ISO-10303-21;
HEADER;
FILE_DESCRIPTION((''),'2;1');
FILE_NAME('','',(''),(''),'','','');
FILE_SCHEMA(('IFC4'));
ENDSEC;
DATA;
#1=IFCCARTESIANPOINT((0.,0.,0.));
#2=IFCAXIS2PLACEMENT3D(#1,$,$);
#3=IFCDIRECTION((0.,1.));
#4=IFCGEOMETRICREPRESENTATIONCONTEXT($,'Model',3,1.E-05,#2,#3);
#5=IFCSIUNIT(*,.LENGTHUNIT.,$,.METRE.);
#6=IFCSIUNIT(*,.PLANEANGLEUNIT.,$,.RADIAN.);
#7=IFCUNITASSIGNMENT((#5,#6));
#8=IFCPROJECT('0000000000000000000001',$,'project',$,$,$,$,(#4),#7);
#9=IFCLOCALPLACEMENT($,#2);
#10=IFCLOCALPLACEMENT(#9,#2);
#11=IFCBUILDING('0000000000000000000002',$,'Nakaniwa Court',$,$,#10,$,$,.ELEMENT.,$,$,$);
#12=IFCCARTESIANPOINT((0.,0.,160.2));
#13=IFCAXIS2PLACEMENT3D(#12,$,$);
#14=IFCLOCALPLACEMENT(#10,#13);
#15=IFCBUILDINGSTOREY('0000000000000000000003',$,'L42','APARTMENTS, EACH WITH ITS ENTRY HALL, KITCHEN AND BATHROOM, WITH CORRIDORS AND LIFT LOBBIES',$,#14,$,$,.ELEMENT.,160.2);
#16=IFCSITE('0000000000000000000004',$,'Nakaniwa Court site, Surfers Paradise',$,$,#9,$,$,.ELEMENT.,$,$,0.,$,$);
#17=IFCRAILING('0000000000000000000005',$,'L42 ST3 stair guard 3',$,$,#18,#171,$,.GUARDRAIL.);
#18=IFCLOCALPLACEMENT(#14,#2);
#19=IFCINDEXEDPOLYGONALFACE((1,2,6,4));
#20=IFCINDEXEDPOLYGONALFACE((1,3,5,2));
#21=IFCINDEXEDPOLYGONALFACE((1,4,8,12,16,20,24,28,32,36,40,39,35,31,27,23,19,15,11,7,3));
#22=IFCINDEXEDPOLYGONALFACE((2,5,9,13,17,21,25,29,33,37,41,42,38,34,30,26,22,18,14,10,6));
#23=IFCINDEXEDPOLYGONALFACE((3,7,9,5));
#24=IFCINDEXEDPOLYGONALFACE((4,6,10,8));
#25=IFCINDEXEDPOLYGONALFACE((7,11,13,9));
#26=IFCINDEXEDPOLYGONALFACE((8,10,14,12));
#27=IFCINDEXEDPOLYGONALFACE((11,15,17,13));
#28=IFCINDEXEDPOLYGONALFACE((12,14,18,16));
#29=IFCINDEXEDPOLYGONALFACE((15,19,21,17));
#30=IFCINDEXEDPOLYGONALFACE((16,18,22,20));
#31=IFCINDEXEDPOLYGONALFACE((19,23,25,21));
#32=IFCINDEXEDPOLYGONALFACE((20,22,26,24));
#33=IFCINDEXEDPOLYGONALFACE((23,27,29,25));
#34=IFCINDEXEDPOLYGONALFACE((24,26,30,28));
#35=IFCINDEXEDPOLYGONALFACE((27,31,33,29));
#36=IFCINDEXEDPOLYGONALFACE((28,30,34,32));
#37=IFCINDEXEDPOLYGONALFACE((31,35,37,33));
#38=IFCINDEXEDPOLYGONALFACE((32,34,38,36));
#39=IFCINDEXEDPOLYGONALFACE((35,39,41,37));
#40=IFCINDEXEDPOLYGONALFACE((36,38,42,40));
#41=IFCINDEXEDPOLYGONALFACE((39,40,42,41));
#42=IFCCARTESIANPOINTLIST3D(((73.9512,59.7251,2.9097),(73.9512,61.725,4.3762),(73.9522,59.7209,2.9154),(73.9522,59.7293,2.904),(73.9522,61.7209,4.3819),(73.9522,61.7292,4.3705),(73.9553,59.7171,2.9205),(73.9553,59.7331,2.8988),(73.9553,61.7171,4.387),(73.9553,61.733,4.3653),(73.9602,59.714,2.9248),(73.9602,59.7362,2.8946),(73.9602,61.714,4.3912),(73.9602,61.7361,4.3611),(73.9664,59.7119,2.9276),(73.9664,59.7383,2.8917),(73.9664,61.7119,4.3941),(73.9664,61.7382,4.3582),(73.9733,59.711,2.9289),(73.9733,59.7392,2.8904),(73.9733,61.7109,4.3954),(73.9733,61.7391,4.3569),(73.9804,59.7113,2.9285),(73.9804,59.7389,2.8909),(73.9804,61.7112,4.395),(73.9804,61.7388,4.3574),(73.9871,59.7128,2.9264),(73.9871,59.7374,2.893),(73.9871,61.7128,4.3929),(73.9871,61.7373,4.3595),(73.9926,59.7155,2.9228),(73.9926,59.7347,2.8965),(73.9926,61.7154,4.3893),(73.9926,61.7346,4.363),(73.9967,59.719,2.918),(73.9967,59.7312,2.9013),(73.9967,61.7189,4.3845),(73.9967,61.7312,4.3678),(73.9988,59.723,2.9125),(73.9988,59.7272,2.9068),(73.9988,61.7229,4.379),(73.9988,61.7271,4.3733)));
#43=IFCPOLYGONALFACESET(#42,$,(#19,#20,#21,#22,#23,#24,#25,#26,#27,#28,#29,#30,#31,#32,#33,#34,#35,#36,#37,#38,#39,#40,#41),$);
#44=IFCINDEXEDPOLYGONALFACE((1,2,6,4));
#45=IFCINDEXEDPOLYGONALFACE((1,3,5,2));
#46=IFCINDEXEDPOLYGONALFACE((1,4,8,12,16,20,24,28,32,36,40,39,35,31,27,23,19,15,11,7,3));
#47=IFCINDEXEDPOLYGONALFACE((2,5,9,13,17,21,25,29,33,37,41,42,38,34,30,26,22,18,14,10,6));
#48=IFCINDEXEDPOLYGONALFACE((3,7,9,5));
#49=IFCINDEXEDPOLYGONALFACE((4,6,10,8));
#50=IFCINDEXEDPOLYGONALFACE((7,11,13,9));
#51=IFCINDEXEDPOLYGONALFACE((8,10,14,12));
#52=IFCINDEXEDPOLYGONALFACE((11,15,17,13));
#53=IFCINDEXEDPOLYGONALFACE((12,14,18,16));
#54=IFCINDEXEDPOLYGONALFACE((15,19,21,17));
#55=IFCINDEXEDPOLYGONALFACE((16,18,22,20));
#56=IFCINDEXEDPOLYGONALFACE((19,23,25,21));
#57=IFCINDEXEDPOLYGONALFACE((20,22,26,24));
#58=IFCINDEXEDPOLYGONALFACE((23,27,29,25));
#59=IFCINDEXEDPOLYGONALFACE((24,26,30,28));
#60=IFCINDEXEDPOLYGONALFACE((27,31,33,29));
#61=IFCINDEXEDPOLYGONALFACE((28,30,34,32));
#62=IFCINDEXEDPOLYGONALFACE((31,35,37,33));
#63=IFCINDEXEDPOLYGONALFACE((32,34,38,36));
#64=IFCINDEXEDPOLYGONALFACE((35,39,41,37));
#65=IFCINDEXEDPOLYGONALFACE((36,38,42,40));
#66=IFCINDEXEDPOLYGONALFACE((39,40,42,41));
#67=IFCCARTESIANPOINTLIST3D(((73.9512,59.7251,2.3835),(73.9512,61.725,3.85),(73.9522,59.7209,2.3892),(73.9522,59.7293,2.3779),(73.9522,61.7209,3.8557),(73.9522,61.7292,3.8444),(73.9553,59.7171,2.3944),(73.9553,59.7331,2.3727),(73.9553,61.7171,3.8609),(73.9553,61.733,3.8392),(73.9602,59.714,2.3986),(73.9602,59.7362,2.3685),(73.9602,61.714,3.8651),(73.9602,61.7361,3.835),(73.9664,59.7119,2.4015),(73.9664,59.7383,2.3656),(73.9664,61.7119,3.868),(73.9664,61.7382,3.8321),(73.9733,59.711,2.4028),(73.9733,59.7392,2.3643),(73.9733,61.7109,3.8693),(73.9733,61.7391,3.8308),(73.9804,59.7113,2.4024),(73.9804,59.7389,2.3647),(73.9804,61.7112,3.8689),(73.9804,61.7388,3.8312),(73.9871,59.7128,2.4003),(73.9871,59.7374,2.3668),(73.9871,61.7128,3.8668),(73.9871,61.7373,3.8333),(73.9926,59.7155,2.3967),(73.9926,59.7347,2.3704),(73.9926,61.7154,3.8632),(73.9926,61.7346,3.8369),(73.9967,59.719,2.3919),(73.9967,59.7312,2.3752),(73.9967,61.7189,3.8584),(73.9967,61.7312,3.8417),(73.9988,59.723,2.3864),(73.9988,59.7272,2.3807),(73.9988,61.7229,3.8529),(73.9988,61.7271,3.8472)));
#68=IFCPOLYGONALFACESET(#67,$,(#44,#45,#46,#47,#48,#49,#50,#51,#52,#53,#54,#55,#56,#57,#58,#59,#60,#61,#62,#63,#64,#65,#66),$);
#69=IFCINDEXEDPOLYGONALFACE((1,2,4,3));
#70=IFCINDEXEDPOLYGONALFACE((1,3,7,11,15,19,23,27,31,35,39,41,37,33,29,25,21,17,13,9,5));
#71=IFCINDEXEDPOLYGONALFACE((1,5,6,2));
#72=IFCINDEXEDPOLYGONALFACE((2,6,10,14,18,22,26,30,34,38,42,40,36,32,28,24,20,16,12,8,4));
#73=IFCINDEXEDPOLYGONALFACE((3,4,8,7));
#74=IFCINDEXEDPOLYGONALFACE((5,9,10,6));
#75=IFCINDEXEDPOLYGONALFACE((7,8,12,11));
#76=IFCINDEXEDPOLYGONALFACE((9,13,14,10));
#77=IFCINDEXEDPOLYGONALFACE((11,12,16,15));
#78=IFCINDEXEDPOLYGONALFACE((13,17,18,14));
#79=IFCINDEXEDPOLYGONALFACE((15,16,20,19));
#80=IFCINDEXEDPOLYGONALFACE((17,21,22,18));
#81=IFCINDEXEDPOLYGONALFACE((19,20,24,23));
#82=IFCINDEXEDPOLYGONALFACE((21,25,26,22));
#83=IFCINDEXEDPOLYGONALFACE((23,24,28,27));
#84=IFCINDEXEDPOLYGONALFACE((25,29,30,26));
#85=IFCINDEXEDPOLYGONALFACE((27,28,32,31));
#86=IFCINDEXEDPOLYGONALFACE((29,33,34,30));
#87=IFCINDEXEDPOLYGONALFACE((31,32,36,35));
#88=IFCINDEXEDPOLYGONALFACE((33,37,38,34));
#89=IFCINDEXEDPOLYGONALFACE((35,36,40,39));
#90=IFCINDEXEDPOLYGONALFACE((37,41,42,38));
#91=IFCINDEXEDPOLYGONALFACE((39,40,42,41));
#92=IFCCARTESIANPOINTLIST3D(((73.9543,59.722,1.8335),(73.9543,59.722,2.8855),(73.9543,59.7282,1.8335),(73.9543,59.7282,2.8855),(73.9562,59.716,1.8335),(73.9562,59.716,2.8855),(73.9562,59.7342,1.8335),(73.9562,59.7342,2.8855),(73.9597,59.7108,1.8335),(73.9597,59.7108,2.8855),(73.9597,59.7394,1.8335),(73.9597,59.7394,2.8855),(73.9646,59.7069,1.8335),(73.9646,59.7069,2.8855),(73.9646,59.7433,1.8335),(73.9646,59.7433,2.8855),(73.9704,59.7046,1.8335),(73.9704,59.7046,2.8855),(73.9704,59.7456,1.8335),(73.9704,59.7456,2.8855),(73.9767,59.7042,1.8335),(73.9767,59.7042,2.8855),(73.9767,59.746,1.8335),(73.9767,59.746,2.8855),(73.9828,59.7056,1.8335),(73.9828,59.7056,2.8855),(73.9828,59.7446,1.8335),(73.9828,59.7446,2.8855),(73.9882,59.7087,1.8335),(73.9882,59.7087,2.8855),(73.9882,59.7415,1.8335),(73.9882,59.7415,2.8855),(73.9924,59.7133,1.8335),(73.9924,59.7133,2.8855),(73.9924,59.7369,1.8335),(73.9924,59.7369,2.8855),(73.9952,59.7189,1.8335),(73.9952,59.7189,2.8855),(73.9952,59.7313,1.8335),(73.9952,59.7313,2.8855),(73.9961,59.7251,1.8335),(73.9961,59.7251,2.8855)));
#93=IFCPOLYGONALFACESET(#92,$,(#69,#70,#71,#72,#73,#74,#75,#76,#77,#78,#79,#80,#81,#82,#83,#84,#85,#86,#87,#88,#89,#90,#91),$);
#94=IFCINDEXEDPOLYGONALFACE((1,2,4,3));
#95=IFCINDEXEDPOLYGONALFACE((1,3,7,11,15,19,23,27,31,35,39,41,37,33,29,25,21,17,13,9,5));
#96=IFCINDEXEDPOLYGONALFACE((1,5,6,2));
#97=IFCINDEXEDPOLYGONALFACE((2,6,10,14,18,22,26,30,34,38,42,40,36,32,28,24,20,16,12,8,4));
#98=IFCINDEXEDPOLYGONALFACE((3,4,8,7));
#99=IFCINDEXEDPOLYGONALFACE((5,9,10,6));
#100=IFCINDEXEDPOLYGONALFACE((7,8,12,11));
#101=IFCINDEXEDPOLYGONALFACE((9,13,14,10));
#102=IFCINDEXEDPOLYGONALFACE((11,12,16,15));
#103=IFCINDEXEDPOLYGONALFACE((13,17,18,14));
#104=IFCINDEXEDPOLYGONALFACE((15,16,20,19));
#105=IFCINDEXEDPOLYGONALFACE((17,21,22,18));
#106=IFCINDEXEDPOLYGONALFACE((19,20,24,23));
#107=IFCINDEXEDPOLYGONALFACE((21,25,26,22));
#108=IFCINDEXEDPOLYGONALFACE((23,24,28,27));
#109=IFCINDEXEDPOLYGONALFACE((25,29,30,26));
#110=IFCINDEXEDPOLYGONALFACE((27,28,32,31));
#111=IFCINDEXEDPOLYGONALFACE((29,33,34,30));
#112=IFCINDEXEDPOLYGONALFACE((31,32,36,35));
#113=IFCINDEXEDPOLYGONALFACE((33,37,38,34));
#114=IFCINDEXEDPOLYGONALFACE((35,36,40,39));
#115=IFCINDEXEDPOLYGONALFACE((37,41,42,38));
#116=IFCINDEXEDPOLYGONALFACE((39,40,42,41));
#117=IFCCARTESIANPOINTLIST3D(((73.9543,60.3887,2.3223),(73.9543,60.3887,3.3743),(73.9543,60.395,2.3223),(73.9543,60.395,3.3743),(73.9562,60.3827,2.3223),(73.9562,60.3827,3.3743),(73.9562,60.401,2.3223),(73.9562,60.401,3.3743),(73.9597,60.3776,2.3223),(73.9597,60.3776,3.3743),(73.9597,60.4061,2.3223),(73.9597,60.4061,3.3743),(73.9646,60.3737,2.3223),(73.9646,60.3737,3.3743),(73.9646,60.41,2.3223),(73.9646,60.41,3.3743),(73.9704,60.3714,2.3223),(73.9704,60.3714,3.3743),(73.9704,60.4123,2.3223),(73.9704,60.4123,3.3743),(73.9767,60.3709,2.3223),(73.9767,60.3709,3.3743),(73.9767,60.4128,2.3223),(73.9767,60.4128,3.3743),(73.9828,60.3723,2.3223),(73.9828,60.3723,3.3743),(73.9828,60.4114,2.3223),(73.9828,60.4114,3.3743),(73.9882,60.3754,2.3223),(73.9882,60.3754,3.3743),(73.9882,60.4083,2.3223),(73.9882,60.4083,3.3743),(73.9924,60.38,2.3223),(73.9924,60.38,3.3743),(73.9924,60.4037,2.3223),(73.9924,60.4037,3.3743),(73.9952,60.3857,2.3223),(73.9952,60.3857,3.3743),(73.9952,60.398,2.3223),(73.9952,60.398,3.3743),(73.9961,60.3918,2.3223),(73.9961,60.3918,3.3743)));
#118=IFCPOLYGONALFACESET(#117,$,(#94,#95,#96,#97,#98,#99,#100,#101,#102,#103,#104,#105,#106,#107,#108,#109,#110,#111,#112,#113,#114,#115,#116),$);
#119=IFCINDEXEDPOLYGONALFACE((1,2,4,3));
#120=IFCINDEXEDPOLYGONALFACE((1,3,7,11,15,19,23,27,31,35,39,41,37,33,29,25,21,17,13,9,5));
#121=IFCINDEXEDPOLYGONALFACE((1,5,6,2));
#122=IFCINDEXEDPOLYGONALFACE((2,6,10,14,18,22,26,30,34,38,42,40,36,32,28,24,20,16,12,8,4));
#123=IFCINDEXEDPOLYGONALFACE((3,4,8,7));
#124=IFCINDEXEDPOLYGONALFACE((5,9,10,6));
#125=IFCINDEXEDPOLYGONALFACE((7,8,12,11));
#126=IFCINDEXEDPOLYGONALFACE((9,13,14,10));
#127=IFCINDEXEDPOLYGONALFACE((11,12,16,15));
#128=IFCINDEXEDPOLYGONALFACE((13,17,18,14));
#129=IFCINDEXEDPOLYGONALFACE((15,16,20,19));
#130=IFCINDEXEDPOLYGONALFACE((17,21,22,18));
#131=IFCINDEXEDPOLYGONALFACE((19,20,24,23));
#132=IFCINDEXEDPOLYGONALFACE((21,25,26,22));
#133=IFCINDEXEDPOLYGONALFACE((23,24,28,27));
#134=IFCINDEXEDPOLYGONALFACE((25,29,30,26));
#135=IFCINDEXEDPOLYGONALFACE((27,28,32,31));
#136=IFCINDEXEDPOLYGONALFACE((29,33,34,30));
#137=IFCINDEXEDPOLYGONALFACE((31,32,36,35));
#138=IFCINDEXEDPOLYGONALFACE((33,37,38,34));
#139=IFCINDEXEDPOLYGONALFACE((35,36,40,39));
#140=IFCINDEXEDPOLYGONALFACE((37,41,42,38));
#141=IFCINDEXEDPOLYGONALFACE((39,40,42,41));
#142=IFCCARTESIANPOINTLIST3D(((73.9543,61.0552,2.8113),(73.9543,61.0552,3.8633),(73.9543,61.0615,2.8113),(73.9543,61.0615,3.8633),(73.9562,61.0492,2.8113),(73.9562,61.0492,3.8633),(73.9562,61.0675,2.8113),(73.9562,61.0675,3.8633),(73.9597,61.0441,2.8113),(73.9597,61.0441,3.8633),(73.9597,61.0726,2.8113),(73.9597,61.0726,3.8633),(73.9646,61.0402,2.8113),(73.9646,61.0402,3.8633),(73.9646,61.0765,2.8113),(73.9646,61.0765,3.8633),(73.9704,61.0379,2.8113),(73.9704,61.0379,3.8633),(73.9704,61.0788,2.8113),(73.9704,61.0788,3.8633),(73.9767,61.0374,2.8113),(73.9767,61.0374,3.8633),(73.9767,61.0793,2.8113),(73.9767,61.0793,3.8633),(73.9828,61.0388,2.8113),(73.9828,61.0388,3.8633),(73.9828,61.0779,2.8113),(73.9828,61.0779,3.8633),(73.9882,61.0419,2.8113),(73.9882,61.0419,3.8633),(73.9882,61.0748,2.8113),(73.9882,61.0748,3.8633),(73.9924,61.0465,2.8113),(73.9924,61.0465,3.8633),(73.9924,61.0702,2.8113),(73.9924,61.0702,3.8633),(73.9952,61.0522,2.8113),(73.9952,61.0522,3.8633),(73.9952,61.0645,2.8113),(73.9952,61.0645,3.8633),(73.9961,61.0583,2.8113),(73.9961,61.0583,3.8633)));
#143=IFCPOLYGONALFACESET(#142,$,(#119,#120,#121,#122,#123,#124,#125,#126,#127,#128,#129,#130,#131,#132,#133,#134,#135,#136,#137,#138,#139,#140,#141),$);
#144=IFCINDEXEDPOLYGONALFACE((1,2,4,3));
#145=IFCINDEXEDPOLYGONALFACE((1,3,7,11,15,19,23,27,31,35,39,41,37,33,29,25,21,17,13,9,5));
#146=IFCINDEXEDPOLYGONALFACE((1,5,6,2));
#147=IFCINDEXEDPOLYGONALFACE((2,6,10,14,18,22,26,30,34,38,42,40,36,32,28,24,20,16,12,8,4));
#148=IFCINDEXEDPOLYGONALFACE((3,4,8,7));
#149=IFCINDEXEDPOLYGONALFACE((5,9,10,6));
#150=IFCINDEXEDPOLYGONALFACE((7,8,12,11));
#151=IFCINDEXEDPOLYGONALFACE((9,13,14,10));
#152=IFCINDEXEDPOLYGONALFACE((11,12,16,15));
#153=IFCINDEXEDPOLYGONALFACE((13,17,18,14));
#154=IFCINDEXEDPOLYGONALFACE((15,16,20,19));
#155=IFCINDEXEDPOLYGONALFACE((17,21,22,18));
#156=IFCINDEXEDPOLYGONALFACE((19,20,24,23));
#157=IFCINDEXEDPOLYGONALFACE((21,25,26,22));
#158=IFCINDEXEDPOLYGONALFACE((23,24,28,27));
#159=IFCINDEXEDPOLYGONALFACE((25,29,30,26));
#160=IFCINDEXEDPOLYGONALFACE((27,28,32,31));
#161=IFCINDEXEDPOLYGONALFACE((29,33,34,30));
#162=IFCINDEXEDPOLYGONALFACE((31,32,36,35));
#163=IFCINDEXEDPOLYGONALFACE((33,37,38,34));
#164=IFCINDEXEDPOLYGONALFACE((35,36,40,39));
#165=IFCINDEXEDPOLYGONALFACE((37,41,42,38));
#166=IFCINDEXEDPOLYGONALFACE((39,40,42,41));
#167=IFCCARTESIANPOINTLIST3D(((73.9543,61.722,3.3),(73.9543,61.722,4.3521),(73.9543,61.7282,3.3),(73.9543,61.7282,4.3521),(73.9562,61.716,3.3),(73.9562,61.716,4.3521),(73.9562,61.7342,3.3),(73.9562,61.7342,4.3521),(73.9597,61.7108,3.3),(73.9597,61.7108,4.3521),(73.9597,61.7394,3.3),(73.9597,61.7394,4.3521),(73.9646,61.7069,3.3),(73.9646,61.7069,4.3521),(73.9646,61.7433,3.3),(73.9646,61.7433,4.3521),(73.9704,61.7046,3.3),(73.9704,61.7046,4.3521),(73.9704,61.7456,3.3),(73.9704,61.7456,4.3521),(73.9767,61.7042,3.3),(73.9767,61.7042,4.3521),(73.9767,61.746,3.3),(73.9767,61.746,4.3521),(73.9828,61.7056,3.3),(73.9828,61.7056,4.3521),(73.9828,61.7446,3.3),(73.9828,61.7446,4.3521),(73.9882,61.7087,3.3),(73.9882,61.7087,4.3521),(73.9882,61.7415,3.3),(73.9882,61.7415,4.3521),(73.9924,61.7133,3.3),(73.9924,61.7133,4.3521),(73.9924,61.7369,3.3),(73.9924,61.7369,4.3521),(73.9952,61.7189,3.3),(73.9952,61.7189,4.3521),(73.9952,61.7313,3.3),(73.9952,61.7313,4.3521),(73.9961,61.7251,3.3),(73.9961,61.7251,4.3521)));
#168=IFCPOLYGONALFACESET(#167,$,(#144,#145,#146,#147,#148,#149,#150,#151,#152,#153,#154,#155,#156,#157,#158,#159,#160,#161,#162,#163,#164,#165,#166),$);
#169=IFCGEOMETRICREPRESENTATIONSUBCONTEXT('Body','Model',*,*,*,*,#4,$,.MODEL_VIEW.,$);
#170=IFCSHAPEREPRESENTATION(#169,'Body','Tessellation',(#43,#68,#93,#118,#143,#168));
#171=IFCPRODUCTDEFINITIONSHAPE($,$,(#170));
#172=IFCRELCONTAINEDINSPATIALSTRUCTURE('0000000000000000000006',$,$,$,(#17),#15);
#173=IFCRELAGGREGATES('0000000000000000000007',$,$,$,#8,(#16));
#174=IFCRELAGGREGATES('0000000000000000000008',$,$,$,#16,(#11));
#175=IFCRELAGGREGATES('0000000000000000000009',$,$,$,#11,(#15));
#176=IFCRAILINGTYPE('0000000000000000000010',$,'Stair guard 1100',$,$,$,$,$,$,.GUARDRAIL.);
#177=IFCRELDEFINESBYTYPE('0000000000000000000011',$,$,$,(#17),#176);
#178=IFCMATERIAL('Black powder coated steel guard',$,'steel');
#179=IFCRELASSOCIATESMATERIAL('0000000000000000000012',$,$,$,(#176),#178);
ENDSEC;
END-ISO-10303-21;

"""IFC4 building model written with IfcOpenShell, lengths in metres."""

from ifc_helpers import new_model, si_unit, direction, frame, origin, origin_2d, place, context, subcontext, project, spatial, circle, extrude, material, type_object, element, save


model = new_model("IFC4")

# Units and contexts
model_context = context("Model", 3, precision=1e-05, world=origin(), true_north=direction((0.0, 1.0)))
body_context = subcontext(model_context, "Body", "Model", "MODEL_VIEW")
ifc_project = project(units=[si_unit("LENGTHUNIT", "METRE"), si_unit("PLANEANGLEUNIT", "RADIAN")], contexts=[model_context])

# Site, building, storey
site_placement = place(None, origin())
site = spatial("IfcSite", under=ifc_project, at=site_placement, Name="Nakaniwa Court site, Surfers Paradise", CompositionType="ELEMENT", RefElevation=0.0)
building_placement = place(site_placement, origin())
building = spatial("IfcBuilding", under=site, at=building_placement, Name="Nakaniwa Court", CompositionType="ELEMENT")
storey_placement = place(building_placement, frame((0.0, 0.0, 160.2)))
storey = spatial("IfcBuildingStorey", under=building, at=storey_placement, Name="L42", Description="APARTMENTS, EACH WITH ITS ENTRY HALL, KITCHEN AND BATHROOM, WITH CORRIDORS AND LIFT LOBBIES", CompositionType="ELEMENT", Elevation=160.2)

# Railing
ifc_material_1 = material(Name="Black powder coated steel guard", Category="steel")
railing_type_1 = type_object("IfcRailingType", Name="Stair guard 1100", PredefinedType="GUARDRAIL", material=ifc_material_1)
railing_1_placement = place(storey_placement, frame((73.9751, 59.7251, 1.8335)))
element("IfcRailing", 1, at=railing_1_placement, inside=storey, type_object=railing_type_1, Name="L42 ST3 stair guard 3", PredefinedType="GUARDRAIL", context=body_context, shape_type="SweptSolid", body=[
    extrude(circle(Radius=0.0239, at=origin_2d()), frame((0.0, 0.0, 1.0762), z_axis=(0.0, 0.806427, 0.591334), x_axis=(-1.0, 0.0, 0.0)), (0.0, 0.0, 1.0), 2.48),
    extrude(circle(Radius=0.0239, at=origin_2d()), frame((0.0, 0.0, 0.55), z_axis=(0.0, 0.806427, 0.591334), x_axis=(-1.0, 0.0, 0.0)), (0.0, 0.0, 1.0), 2.48),
    extrude(circle(Radius=0.021, at=origin_2d()), origin(), (0.0, 0.0, 1.0), 1.052),
    extrude(circle(Radius=0.021, at=origin_2d()), frame((0.0, 0.6667, 0.4888)), (0.0, 0.0, 1.0), 1.052),
    extrude(circle(Radius=0.021, at=origin_2d()), frame((0.0, 1.3333, 0.9778)), (0.0, 0.0, 1.0), 1.052),
    extrude(circle(Radius=0.021, at=origin_2d()), frame((0.0, 2.0, 1.4666)), (0.0, 0.0, 1.0), 1.052),
])

save(model, "model.ifc")
